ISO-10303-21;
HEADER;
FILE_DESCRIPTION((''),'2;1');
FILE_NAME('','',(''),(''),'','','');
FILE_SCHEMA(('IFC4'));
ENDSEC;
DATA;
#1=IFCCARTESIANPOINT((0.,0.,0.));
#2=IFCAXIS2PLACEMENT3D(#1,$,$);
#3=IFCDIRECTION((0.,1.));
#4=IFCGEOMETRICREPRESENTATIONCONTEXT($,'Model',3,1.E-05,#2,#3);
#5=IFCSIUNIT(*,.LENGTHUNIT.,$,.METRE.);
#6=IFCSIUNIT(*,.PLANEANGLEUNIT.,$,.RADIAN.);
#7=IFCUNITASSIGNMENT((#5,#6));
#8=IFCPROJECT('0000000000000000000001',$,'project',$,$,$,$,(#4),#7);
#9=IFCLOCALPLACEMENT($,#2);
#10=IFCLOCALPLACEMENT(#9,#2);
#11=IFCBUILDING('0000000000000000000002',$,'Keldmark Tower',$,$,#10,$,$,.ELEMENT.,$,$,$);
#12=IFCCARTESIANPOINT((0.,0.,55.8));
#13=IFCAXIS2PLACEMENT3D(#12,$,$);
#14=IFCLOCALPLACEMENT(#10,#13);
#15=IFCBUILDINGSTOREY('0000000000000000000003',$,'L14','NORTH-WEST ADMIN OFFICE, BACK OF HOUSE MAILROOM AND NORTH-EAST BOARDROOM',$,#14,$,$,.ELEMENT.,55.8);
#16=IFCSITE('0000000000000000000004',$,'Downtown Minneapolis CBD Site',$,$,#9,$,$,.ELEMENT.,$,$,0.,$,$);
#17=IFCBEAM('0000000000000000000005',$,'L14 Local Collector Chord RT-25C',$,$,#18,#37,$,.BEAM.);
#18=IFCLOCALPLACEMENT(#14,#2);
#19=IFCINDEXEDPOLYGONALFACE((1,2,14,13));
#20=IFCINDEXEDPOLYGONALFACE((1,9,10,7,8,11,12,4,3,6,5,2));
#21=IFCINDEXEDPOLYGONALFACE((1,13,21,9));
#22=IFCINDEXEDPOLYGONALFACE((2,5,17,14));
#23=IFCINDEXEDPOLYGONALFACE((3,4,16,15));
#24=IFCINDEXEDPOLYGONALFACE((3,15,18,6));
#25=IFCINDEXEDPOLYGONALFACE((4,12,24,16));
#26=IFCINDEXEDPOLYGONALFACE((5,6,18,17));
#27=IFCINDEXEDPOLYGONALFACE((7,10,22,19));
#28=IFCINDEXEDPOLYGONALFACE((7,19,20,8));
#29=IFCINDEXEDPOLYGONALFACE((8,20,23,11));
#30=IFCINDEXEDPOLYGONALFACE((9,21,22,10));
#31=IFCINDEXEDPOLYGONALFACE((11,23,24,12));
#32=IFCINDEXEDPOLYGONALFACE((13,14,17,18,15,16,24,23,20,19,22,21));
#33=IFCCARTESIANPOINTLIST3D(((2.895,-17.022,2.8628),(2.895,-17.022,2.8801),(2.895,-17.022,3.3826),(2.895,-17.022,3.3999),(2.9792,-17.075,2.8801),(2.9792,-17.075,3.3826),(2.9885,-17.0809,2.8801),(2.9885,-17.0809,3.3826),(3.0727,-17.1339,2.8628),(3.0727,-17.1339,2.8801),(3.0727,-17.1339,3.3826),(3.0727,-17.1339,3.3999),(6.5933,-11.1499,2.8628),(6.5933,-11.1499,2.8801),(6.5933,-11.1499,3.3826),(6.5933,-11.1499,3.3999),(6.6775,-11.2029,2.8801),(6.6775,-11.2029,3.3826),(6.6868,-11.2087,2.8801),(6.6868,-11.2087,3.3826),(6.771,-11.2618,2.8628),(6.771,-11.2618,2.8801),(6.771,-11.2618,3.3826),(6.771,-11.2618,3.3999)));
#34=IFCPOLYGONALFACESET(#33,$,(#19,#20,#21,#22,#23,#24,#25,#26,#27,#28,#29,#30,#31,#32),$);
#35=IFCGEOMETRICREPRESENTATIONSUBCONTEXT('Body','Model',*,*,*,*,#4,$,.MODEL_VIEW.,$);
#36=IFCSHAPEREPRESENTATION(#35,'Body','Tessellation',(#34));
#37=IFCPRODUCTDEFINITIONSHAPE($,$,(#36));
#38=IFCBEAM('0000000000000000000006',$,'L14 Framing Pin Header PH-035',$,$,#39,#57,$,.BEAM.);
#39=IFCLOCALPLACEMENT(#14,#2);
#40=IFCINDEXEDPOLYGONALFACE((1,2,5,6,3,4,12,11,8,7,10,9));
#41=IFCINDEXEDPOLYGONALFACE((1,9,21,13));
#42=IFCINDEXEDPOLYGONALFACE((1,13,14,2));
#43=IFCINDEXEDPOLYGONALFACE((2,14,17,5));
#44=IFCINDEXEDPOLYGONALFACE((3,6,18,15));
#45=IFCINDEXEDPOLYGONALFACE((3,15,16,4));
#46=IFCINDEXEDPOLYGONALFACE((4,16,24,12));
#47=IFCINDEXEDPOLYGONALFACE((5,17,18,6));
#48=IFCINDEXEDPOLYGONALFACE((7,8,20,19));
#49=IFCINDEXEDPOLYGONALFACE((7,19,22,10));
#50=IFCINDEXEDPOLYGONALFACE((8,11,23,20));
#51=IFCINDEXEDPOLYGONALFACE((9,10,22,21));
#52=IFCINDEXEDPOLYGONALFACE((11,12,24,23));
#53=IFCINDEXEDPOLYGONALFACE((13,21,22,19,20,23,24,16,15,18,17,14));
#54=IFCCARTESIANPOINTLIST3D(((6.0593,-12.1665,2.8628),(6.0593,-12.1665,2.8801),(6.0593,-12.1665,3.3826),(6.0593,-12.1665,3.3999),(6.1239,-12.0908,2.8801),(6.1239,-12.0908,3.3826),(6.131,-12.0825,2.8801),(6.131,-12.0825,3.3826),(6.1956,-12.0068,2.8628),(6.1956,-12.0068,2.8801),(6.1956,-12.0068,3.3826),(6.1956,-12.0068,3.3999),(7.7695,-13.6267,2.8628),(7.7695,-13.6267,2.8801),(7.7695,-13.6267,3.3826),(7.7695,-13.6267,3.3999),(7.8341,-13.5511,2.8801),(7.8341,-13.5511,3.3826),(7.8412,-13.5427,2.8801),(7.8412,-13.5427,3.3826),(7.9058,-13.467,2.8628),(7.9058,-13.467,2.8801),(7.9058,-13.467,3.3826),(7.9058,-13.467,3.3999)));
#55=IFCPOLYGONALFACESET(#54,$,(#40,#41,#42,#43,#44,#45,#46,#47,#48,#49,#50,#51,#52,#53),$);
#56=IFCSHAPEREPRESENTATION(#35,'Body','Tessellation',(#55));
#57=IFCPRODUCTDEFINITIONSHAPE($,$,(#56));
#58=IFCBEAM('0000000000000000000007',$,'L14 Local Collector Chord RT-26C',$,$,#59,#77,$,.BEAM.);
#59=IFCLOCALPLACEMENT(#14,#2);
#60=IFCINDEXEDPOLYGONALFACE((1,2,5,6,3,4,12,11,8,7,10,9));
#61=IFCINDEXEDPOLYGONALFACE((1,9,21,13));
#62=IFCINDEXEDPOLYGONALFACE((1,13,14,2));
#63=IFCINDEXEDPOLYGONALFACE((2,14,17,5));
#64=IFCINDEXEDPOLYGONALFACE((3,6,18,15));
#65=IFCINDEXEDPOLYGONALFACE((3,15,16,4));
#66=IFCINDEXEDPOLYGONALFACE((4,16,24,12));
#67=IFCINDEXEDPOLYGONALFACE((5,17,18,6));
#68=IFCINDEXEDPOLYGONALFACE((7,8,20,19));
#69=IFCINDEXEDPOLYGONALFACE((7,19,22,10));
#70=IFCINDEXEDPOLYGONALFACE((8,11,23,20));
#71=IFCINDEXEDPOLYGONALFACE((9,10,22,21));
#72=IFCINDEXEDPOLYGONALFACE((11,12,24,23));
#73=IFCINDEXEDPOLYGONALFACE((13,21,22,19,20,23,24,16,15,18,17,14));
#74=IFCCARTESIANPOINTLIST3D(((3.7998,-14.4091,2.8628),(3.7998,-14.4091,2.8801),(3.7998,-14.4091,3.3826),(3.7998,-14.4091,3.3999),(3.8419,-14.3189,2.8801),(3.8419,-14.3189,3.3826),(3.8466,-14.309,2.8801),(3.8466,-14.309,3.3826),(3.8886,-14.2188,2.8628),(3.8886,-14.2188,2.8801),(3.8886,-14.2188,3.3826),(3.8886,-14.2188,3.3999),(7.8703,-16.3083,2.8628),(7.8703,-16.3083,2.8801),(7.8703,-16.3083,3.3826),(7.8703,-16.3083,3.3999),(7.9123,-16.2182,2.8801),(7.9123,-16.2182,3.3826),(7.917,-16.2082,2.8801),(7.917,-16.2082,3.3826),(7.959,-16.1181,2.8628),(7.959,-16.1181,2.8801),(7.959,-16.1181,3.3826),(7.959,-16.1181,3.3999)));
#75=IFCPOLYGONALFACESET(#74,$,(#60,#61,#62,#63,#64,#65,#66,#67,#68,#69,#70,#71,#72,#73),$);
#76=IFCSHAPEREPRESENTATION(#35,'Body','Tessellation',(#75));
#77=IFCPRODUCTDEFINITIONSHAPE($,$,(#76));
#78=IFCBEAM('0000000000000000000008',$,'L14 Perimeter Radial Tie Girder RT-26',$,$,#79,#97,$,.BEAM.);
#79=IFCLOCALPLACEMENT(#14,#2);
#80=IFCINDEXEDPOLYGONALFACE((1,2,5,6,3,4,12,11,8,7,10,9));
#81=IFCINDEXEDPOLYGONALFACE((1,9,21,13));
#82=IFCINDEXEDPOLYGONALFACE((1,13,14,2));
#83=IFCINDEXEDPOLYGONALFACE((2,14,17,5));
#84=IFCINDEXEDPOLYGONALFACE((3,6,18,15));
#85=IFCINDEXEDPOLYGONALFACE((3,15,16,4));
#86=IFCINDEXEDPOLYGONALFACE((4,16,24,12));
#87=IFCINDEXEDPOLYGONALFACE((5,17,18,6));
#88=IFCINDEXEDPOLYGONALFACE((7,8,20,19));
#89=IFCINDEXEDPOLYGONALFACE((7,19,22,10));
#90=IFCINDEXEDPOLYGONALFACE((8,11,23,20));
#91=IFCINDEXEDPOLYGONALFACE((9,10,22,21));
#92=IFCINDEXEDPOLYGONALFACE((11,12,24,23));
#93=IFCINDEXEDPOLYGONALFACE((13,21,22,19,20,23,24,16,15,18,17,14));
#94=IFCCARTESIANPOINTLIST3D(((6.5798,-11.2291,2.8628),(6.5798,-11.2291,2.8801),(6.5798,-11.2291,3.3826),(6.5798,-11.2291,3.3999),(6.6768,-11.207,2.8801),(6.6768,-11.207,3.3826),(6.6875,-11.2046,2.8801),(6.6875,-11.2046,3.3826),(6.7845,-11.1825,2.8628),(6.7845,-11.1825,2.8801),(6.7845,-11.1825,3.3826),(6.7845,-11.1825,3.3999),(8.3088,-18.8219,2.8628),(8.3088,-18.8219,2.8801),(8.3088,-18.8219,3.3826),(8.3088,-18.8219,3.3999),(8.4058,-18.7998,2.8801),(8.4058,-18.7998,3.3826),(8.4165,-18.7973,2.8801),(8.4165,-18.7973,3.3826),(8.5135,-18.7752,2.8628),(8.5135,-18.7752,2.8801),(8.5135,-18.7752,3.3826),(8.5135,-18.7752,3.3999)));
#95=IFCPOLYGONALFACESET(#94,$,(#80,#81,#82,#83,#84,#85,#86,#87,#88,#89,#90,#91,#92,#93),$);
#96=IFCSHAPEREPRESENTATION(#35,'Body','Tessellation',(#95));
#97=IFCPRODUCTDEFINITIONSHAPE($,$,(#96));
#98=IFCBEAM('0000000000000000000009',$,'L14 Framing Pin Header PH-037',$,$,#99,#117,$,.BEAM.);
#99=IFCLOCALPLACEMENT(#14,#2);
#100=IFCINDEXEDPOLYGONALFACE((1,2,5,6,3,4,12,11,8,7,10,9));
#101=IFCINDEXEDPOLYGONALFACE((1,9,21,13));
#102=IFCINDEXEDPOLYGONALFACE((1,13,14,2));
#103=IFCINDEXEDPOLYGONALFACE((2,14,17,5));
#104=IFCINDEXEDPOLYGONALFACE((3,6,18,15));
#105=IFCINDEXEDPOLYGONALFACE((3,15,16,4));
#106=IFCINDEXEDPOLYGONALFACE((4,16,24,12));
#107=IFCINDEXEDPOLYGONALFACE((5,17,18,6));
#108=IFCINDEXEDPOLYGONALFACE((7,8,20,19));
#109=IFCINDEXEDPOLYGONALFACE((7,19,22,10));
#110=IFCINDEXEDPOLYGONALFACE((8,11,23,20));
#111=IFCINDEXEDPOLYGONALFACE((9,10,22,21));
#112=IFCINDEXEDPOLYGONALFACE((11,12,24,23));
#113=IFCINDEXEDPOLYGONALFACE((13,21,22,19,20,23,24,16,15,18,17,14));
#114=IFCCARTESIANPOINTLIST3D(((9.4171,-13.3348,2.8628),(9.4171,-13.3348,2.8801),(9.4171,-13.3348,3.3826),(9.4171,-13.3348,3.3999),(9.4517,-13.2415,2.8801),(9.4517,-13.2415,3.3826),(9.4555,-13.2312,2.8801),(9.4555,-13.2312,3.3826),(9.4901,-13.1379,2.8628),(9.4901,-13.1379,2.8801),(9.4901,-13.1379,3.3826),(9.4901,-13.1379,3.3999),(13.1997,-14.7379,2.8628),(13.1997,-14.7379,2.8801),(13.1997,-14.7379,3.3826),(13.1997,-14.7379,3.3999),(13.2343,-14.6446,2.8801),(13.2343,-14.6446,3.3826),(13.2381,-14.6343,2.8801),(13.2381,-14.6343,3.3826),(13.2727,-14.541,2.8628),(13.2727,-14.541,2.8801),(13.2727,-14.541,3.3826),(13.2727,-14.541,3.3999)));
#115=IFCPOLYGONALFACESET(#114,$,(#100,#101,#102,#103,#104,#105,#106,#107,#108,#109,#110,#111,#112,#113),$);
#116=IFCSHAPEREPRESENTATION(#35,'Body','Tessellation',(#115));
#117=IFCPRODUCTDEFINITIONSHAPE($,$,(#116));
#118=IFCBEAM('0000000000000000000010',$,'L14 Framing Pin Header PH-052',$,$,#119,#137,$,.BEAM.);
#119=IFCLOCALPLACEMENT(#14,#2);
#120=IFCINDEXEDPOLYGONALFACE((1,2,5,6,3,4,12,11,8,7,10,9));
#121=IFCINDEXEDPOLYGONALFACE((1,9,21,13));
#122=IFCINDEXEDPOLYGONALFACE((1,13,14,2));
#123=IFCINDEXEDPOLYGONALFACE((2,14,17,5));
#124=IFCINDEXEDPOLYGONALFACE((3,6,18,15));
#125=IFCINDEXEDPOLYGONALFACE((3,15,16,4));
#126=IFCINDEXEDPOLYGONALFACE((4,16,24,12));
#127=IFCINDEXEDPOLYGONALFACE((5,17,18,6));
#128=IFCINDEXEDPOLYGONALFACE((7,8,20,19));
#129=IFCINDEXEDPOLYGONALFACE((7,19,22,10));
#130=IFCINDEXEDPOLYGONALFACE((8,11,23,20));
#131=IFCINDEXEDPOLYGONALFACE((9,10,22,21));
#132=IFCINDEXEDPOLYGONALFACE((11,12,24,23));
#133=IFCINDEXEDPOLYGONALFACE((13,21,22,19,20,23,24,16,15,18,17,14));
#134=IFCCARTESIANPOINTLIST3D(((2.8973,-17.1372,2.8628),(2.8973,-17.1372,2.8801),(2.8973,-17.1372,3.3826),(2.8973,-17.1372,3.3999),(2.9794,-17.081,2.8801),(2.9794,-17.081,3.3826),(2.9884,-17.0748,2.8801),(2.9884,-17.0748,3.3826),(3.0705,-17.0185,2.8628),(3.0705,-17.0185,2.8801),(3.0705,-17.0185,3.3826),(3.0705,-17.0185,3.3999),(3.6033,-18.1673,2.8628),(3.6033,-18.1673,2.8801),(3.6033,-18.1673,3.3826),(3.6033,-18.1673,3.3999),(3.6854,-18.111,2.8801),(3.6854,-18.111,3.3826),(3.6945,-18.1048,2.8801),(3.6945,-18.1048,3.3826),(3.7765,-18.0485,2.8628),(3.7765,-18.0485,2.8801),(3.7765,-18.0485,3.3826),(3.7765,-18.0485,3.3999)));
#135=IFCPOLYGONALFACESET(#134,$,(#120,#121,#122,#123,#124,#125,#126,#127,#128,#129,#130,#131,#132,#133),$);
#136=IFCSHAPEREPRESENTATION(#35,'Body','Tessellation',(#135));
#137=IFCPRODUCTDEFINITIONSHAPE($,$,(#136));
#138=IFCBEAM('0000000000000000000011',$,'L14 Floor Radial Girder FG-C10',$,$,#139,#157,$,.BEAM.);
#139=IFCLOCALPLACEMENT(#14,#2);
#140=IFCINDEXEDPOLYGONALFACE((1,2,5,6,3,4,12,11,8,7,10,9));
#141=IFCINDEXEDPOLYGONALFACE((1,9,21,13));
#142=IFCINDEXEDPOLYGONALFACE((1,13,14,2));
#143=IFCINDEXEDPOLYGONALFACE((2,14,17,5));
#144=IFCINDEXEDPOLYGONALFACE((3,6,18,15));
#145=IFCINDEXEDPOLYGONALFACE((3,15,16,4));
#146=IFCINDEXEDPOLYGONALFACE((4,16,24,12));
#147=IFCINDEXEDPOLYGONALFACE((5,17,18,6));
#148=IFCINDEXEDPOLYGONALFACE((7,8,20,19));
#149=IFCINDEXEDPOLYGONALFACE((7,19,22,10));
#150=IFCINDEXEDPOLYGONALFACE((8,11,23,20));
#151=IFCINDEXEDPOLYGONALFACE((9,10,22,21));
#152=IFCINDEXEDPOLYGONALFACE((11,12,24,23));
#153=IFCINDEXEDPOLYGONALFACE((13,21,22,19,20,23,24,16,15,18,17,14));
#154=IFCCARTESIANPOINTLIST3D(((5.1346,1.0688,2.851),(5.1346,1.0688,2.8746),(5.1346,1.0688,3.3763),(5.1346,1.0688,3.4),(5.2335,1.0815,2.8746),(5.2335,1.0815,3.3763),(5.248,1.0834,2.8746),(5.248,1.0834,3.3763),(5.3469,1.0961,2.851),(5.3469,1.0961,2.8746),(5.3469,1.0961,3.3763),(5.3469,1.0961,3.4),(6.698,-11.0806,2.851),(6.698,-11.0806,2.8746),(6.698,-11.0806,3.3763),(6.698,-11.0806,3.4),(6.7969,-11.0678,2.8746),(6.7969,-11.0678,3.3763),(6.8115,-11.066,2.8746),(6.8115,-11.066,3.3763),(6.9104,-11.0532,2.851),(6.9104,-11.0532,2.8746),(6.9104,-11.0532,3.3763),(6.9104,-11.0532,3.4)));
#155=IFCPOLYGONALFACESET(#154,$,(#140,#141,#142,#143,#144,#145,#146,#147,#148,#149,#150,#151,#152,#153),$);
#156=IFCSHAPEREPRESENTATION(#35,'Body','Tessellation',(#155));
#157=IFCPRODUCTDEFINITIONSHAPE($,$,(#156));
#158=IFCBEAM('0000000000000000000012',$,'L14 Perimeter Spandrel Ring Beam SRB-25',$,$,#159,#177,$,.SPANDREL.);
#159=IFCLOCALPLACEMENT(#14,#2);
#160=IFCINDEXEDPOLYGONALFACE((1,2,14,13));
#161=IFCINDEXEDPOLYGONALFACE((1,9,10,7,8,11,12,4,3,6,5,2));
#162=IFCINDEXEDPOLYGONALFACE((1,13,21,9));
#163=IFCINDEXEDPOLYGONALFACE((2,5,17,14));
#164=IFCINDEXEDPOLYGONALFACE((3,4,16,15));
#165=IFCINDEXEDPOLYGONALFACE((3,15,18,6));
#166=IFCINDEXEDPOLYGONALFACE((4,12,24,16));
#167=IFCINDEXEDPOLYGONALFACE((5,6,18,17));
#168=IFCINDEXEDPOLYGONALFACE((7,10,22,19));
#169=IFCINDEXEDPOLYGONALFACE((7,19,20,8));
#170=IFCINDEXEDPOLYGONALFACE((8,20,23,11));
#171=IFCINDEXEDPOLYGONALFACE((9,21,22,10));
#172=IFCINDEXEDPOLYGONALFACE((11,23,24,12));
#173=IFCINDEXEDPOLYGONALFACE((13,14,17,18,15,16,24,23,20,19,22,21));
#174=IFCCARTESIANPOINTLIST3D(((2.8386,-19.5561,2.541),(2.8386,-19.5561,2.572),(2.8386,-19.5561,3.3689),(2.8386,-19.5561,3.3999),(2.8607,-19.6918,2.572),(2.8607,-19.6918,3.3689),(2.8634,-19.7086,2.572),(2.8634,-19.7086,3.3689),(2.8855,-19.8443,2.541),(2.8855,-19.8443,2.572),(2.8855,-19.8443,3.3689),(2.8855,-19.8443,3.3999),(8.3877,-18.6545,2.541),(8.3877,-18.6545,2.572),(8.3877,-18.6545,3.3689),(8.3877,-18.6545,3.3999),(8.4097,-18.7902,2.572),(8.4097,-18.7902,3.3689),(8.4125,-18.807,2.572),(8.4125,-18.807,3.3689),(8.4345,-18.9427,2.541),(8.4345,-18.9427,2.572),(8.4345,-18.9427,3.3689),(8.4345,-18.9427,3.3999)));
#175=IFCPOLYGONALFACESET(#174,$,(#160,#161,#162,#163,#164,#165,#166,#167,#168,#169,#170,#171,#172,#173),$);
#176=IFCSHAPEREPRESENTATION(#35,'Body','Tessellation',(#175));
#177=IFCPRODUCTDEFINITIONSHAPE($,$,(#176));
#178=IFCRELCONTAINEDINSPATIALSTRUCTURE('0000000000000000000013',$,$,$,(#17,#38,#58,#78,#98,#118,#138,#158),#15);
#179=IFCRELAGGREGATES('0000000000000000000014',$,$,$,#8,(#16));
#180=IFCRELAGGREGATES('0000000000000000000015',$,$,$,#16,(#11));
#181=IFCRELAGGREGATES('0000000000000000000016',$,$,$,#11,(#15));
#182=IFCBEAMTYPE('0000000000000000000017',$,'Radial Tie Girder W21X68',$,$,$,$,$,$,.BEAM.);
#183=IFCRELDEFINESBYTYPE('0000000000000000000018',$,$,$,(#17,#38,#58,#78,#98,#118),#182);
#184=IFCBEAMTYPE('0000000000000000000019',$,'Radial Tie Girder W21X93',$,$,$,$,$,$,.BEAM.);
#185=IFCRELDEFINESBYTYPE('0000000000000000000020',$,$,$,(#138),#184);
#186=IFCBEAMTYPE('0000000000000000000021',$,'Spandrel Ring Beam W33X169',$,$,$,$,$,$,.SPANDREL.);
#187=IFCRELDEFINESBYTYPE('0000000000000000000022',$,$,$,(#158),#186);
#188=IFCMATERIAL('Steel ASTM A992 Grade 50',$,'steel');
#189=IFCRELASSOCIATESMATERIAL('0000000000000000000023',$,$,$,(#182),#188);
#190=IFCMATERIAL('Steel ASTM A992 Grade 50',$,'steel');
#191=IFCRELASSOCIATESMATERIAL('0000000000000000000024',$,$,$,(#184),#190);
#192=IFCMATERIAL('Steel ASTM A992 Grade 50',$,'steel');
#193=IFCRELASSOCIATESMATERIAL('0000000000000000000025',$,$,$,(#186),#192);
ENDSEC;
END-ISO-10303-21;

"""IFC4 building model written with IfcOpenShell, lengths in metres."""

from ifc_helpers import new_model, si_unit, direction, frame, origin, origin_2d, place, context, subcontext, project, spatial, i_section, extrude, material, material_profile, profile_set, type_object, element, save


model = new_model("IFC4")

# Units and contexts
model_context = context("Model", 3, precision=1e-05, world=origin(), true_north=direction((0.0, 1.0)))
body_context = subcontext(model_context, "Body", "Model", "MODEL_VIEW")
ifc_project = project(units=[si_unit("LENGTHUNIT", "METRE"), si_unit("PLANEANGLEUNIT", "RADIAN")], contexts=[model_context])

# Site, building, storey
site_placement = place(None, origin())
site = spatial("IfcSite", under=ifc_project, at=site_placement, Name="Downtown Minneapolis CBD Site", CompositionType="ELEMENT", RefElevation=0.0)
building_placement = place(site_placement, origin())
building = spatial("IfcBuilding", under=site, at=building_placement, Name="Keldmark Tower", CompositionType="ELEMENT")
storey_placement = place(building_placement, frame((0.0, 0.0, 55.8)))
storey = spatial("IfcBuildingStorey", under=building, at=storey_placement, Name="L14", Description="NORTH-WEST ADMIN OFFICE, BACK OF HOUSE MAILROOM AND NORTH-EAST BOARDROOM", CompositionType="ELEMENT", Elevation=55.8)

# Beams
ifc_material_1 = material(Name="Steel ASTM A992 Grade 50", Category="steel")
ifc_material_profile_1 = material_profile(ifc_material_1, i_section(OverallWidth=0.21, OverallDepth=0.5371, WebThickness=0.011, FlangeThickness=0.0173, at=origin_2d()), Name="W21X68")
ifc_profile_set_1 = profile_set([ifc_material_profile_1], Name="Steel ASTM A992 Grade 50")
beam_type_1 = type_object("IfcBeamType", Name="Radial Tie Girder W21X68", PredefinedType="BEAM", material=ifc_profile_set_1)
beam_1_placement = place(storey_placement, frame((6.6821, -11.2058, 3.1313), z_axis=(-0.532918, -0.846167, 0.0), x_axis=(0.846167, -0.532918, 0.0)))
element("IfcBeam", 1, at=beam_1_placement, inside=storey, type_object=beam_type_1, Name="L14 Local Collector Chord RT-25C", PredefinedType="BEAM", context=body_context, shape_type="SweptSolid", body=[
    extrude(i_section(OverallWidth=0.21, OverallDepth=0.5371, WebThickness=0.011, FlangeThickness=0.0173, at=origin_2d()), origin(), (0.0, 0.0, 1.0), 6.9397),
])
beam_2_placement = place(storey_placement, frame((6.1274, -12.0867, 3.1313), z_axis=(0.760504, -0.649333, 0.0), x_axis=(0.649333, 0.760504, 0.0)))
element("IfcBeam", 2, at=beam_2_placement, inside=storey, type_object=beam_type_1, Name="L14 Framing Pin Header PH-035", PredefinedType="BEAM", context=body_context, shape_type="SweptSolid", body=[
    extrude(i_section(OverallWidth=0.21, OverallDepth=0.5371, WebThickness=0.011, FlangeThickness=0.0173, at=origin_2d()), origin(), (0.0, 0.0, 1.0), 2.2488),
])
beam_3_placement = place(storey_placement, frame((3.8442, -14.314, 3.1313), z_axis=(0.90621, -0.422829, 0.0), x_axis=(0.422829, 0.90621, 0.0)))
element("IfcBeam", 3, at=beam_3_placement, inside=storey, type_object=beam_type_1, Name="L14 Local Collector Chord RT-26C", PredefinedType="BEAM", context=body_context, shape_type="SweptSolid", body=[
    extrude(i_section(OverallWidth=0.21, OverallDepth=0.5371, WebThickness=0.011, FlangeThickness=0.0173, at=origin_2d()), origin(), (0.0, 0.0, 1.0), 4.4917),
])
beam_4_placement = place(storey_placement, frame((6.6821, -11.2058, 3.1313), z_axis=(0.222033, -0.975039, 0.0), x_axis=(0.975039, 0.222033, 0.0)))
element("IfcBeam", 4, at=beam_4_placement, inside=storey, type_object=beam_type_1, Name="L14 Perimeter Radial Tie Girder RT-26", PredefinedType="BEAM", context=body_context, shape_type="SweptSolid", body=[
    extrude(i_section(OverallWidth=0.21, OverallDepth=0.5371, WebThickness=0.011, FlangeThickness=0.0173, at=origin_2d()), origin(), (0.0, 0.0, 1.0), 7.7871),
])
beam_5_placement = place(storey_placement, frame((9.4536, -13.2363, 3.1313), z_axis=(0.937574, -0.347785, 0.0), x_axis=(0.347785, 0.937574, 0.0)))
element("IfcBeam", 5, at=beam_5_placement, inside=storey, type_object=beam_type_1, Name="L14 Framing Pin Header PH-037", PredefinedType="BEAM", context=body_context, shape_type="SweptSolid", body=[
    extrude(i_section(OverallWidth=0.21, OverallDepth=0.5371, WebThickness=0.011, FlangeThickness=0.0173, at=origin_2d()), origin(), (0.0, 0.0, 1.0), 4.0344),
])
beam_6_placement = place(storey_placement, frame((2.9839, -17.0779, 3.1313), z_axis=(0.565392, -0.824823, 0.0), x_axis=(0.824823, 0.565392, 0.0)))
element("IfcBeam", 6, at=beam_6_placement, inside=storey, type_object=beam_type_1, Name="L14 Framing Pin Header PH-052", PredefinedType="BEAM", context=body_context, shape_type="SweptSolid", body=[
    extrude(i_section(OverallWidth=0.21, OverallDepth=0.5371, WebThickness=0.011, FlangeThickness=0.0173, at=origin_2d()), origin(), (0.0, 0.0, 1.0), 1.2488),
])
ifc_material_2 = material(Name="Steel ASTM A992 Grade 50", Category="steel")
ifc_material_profile_2 = material_profile(ifc_material_2, i_section(OverallWidth=0.2141, OverallDepth=0.5491, WebThickness=0.0146, FlangeThickness=0.0237, at=origin_2d()), Name="W21X93")
ifc_profile_set_2 = profile_set([ifc_material_profile_2], Name="Steel ASTM A992 Grade 50")
beam_type_2 = type_object("IfcBeamType", Name="Radial Tie Girder W21X93", PredefinedType="BEAM", material=ifc_profile_set_2)
beam_7_placement = place(storey_placement, frame((6.8042, -11.0669, 3.1255), z_axis=(-0.127635, 0.991821, 0.0), x_axis=(-0.991821, -0.127635, 0.0)))
element("IfcBeam", 7, at=beam_7_placement, inside=storey, type_object=beam_type_2, Name="L14 Floor Radial Girder FG-C10", PredefinedType="BEAM", context=body_context, shape_type="SweptSolid", body=[
    extrude(i_section(OverallWidth=0.2141, OverallDepth=0.5491, WebThickness=0.0146, FlangeThickness=0.0237, at=origin_2d()), origin(), (0.0, 0.0, 1.0), 12.2495),
])
ifc_material_3 = material(Name="Steel ASTM A992 Grade 50", Category="steel")
ifc_material_profile_3 = material_profile(ifc_material_3, i_section(OverallWidth=0.292, OverallDepth=0.8589, WebThickness=0.0171, FlangeThickness=0.031, at=origin_2d()), Name="W33X169")
ifc_profile_set_3 = profile_set([ifc_material_profile_3], Name="Steel ASTM A992 Grade 50")
beam_type_3 = type_object("IfcBeamType", Name="Spandrel Ring Beam W33X169", PredefinedType="SPANDREL", material=ifc_profile_set_3)
beam_8_placement = place(storey_placement, frame((2.8621, -19.7002, 2.9705), z_axis=(0.987056, 0.160377, 0.0), x_axis=(-0.160377, 0.987056, 0.0)))
element("IfcBeam", 8, at=beam_8_placement, inside=storey, type_object=beam_type_3, Name="L14 Perimeter Spandrel Ring Beam SRB-25", PredefinedType="SPANDREL", context=body_context, shape_type="SweptSolid", body=[
    extrude(i_section(OverallWidth=0.292, OverallDepth=0.8589, WebThickness=0.0171, FlangeThickness=0.031, at=origin_2d()), origin(), (0.0, 0.0, 1.0), 5.6218),
])

save(model, "model.ifc")
